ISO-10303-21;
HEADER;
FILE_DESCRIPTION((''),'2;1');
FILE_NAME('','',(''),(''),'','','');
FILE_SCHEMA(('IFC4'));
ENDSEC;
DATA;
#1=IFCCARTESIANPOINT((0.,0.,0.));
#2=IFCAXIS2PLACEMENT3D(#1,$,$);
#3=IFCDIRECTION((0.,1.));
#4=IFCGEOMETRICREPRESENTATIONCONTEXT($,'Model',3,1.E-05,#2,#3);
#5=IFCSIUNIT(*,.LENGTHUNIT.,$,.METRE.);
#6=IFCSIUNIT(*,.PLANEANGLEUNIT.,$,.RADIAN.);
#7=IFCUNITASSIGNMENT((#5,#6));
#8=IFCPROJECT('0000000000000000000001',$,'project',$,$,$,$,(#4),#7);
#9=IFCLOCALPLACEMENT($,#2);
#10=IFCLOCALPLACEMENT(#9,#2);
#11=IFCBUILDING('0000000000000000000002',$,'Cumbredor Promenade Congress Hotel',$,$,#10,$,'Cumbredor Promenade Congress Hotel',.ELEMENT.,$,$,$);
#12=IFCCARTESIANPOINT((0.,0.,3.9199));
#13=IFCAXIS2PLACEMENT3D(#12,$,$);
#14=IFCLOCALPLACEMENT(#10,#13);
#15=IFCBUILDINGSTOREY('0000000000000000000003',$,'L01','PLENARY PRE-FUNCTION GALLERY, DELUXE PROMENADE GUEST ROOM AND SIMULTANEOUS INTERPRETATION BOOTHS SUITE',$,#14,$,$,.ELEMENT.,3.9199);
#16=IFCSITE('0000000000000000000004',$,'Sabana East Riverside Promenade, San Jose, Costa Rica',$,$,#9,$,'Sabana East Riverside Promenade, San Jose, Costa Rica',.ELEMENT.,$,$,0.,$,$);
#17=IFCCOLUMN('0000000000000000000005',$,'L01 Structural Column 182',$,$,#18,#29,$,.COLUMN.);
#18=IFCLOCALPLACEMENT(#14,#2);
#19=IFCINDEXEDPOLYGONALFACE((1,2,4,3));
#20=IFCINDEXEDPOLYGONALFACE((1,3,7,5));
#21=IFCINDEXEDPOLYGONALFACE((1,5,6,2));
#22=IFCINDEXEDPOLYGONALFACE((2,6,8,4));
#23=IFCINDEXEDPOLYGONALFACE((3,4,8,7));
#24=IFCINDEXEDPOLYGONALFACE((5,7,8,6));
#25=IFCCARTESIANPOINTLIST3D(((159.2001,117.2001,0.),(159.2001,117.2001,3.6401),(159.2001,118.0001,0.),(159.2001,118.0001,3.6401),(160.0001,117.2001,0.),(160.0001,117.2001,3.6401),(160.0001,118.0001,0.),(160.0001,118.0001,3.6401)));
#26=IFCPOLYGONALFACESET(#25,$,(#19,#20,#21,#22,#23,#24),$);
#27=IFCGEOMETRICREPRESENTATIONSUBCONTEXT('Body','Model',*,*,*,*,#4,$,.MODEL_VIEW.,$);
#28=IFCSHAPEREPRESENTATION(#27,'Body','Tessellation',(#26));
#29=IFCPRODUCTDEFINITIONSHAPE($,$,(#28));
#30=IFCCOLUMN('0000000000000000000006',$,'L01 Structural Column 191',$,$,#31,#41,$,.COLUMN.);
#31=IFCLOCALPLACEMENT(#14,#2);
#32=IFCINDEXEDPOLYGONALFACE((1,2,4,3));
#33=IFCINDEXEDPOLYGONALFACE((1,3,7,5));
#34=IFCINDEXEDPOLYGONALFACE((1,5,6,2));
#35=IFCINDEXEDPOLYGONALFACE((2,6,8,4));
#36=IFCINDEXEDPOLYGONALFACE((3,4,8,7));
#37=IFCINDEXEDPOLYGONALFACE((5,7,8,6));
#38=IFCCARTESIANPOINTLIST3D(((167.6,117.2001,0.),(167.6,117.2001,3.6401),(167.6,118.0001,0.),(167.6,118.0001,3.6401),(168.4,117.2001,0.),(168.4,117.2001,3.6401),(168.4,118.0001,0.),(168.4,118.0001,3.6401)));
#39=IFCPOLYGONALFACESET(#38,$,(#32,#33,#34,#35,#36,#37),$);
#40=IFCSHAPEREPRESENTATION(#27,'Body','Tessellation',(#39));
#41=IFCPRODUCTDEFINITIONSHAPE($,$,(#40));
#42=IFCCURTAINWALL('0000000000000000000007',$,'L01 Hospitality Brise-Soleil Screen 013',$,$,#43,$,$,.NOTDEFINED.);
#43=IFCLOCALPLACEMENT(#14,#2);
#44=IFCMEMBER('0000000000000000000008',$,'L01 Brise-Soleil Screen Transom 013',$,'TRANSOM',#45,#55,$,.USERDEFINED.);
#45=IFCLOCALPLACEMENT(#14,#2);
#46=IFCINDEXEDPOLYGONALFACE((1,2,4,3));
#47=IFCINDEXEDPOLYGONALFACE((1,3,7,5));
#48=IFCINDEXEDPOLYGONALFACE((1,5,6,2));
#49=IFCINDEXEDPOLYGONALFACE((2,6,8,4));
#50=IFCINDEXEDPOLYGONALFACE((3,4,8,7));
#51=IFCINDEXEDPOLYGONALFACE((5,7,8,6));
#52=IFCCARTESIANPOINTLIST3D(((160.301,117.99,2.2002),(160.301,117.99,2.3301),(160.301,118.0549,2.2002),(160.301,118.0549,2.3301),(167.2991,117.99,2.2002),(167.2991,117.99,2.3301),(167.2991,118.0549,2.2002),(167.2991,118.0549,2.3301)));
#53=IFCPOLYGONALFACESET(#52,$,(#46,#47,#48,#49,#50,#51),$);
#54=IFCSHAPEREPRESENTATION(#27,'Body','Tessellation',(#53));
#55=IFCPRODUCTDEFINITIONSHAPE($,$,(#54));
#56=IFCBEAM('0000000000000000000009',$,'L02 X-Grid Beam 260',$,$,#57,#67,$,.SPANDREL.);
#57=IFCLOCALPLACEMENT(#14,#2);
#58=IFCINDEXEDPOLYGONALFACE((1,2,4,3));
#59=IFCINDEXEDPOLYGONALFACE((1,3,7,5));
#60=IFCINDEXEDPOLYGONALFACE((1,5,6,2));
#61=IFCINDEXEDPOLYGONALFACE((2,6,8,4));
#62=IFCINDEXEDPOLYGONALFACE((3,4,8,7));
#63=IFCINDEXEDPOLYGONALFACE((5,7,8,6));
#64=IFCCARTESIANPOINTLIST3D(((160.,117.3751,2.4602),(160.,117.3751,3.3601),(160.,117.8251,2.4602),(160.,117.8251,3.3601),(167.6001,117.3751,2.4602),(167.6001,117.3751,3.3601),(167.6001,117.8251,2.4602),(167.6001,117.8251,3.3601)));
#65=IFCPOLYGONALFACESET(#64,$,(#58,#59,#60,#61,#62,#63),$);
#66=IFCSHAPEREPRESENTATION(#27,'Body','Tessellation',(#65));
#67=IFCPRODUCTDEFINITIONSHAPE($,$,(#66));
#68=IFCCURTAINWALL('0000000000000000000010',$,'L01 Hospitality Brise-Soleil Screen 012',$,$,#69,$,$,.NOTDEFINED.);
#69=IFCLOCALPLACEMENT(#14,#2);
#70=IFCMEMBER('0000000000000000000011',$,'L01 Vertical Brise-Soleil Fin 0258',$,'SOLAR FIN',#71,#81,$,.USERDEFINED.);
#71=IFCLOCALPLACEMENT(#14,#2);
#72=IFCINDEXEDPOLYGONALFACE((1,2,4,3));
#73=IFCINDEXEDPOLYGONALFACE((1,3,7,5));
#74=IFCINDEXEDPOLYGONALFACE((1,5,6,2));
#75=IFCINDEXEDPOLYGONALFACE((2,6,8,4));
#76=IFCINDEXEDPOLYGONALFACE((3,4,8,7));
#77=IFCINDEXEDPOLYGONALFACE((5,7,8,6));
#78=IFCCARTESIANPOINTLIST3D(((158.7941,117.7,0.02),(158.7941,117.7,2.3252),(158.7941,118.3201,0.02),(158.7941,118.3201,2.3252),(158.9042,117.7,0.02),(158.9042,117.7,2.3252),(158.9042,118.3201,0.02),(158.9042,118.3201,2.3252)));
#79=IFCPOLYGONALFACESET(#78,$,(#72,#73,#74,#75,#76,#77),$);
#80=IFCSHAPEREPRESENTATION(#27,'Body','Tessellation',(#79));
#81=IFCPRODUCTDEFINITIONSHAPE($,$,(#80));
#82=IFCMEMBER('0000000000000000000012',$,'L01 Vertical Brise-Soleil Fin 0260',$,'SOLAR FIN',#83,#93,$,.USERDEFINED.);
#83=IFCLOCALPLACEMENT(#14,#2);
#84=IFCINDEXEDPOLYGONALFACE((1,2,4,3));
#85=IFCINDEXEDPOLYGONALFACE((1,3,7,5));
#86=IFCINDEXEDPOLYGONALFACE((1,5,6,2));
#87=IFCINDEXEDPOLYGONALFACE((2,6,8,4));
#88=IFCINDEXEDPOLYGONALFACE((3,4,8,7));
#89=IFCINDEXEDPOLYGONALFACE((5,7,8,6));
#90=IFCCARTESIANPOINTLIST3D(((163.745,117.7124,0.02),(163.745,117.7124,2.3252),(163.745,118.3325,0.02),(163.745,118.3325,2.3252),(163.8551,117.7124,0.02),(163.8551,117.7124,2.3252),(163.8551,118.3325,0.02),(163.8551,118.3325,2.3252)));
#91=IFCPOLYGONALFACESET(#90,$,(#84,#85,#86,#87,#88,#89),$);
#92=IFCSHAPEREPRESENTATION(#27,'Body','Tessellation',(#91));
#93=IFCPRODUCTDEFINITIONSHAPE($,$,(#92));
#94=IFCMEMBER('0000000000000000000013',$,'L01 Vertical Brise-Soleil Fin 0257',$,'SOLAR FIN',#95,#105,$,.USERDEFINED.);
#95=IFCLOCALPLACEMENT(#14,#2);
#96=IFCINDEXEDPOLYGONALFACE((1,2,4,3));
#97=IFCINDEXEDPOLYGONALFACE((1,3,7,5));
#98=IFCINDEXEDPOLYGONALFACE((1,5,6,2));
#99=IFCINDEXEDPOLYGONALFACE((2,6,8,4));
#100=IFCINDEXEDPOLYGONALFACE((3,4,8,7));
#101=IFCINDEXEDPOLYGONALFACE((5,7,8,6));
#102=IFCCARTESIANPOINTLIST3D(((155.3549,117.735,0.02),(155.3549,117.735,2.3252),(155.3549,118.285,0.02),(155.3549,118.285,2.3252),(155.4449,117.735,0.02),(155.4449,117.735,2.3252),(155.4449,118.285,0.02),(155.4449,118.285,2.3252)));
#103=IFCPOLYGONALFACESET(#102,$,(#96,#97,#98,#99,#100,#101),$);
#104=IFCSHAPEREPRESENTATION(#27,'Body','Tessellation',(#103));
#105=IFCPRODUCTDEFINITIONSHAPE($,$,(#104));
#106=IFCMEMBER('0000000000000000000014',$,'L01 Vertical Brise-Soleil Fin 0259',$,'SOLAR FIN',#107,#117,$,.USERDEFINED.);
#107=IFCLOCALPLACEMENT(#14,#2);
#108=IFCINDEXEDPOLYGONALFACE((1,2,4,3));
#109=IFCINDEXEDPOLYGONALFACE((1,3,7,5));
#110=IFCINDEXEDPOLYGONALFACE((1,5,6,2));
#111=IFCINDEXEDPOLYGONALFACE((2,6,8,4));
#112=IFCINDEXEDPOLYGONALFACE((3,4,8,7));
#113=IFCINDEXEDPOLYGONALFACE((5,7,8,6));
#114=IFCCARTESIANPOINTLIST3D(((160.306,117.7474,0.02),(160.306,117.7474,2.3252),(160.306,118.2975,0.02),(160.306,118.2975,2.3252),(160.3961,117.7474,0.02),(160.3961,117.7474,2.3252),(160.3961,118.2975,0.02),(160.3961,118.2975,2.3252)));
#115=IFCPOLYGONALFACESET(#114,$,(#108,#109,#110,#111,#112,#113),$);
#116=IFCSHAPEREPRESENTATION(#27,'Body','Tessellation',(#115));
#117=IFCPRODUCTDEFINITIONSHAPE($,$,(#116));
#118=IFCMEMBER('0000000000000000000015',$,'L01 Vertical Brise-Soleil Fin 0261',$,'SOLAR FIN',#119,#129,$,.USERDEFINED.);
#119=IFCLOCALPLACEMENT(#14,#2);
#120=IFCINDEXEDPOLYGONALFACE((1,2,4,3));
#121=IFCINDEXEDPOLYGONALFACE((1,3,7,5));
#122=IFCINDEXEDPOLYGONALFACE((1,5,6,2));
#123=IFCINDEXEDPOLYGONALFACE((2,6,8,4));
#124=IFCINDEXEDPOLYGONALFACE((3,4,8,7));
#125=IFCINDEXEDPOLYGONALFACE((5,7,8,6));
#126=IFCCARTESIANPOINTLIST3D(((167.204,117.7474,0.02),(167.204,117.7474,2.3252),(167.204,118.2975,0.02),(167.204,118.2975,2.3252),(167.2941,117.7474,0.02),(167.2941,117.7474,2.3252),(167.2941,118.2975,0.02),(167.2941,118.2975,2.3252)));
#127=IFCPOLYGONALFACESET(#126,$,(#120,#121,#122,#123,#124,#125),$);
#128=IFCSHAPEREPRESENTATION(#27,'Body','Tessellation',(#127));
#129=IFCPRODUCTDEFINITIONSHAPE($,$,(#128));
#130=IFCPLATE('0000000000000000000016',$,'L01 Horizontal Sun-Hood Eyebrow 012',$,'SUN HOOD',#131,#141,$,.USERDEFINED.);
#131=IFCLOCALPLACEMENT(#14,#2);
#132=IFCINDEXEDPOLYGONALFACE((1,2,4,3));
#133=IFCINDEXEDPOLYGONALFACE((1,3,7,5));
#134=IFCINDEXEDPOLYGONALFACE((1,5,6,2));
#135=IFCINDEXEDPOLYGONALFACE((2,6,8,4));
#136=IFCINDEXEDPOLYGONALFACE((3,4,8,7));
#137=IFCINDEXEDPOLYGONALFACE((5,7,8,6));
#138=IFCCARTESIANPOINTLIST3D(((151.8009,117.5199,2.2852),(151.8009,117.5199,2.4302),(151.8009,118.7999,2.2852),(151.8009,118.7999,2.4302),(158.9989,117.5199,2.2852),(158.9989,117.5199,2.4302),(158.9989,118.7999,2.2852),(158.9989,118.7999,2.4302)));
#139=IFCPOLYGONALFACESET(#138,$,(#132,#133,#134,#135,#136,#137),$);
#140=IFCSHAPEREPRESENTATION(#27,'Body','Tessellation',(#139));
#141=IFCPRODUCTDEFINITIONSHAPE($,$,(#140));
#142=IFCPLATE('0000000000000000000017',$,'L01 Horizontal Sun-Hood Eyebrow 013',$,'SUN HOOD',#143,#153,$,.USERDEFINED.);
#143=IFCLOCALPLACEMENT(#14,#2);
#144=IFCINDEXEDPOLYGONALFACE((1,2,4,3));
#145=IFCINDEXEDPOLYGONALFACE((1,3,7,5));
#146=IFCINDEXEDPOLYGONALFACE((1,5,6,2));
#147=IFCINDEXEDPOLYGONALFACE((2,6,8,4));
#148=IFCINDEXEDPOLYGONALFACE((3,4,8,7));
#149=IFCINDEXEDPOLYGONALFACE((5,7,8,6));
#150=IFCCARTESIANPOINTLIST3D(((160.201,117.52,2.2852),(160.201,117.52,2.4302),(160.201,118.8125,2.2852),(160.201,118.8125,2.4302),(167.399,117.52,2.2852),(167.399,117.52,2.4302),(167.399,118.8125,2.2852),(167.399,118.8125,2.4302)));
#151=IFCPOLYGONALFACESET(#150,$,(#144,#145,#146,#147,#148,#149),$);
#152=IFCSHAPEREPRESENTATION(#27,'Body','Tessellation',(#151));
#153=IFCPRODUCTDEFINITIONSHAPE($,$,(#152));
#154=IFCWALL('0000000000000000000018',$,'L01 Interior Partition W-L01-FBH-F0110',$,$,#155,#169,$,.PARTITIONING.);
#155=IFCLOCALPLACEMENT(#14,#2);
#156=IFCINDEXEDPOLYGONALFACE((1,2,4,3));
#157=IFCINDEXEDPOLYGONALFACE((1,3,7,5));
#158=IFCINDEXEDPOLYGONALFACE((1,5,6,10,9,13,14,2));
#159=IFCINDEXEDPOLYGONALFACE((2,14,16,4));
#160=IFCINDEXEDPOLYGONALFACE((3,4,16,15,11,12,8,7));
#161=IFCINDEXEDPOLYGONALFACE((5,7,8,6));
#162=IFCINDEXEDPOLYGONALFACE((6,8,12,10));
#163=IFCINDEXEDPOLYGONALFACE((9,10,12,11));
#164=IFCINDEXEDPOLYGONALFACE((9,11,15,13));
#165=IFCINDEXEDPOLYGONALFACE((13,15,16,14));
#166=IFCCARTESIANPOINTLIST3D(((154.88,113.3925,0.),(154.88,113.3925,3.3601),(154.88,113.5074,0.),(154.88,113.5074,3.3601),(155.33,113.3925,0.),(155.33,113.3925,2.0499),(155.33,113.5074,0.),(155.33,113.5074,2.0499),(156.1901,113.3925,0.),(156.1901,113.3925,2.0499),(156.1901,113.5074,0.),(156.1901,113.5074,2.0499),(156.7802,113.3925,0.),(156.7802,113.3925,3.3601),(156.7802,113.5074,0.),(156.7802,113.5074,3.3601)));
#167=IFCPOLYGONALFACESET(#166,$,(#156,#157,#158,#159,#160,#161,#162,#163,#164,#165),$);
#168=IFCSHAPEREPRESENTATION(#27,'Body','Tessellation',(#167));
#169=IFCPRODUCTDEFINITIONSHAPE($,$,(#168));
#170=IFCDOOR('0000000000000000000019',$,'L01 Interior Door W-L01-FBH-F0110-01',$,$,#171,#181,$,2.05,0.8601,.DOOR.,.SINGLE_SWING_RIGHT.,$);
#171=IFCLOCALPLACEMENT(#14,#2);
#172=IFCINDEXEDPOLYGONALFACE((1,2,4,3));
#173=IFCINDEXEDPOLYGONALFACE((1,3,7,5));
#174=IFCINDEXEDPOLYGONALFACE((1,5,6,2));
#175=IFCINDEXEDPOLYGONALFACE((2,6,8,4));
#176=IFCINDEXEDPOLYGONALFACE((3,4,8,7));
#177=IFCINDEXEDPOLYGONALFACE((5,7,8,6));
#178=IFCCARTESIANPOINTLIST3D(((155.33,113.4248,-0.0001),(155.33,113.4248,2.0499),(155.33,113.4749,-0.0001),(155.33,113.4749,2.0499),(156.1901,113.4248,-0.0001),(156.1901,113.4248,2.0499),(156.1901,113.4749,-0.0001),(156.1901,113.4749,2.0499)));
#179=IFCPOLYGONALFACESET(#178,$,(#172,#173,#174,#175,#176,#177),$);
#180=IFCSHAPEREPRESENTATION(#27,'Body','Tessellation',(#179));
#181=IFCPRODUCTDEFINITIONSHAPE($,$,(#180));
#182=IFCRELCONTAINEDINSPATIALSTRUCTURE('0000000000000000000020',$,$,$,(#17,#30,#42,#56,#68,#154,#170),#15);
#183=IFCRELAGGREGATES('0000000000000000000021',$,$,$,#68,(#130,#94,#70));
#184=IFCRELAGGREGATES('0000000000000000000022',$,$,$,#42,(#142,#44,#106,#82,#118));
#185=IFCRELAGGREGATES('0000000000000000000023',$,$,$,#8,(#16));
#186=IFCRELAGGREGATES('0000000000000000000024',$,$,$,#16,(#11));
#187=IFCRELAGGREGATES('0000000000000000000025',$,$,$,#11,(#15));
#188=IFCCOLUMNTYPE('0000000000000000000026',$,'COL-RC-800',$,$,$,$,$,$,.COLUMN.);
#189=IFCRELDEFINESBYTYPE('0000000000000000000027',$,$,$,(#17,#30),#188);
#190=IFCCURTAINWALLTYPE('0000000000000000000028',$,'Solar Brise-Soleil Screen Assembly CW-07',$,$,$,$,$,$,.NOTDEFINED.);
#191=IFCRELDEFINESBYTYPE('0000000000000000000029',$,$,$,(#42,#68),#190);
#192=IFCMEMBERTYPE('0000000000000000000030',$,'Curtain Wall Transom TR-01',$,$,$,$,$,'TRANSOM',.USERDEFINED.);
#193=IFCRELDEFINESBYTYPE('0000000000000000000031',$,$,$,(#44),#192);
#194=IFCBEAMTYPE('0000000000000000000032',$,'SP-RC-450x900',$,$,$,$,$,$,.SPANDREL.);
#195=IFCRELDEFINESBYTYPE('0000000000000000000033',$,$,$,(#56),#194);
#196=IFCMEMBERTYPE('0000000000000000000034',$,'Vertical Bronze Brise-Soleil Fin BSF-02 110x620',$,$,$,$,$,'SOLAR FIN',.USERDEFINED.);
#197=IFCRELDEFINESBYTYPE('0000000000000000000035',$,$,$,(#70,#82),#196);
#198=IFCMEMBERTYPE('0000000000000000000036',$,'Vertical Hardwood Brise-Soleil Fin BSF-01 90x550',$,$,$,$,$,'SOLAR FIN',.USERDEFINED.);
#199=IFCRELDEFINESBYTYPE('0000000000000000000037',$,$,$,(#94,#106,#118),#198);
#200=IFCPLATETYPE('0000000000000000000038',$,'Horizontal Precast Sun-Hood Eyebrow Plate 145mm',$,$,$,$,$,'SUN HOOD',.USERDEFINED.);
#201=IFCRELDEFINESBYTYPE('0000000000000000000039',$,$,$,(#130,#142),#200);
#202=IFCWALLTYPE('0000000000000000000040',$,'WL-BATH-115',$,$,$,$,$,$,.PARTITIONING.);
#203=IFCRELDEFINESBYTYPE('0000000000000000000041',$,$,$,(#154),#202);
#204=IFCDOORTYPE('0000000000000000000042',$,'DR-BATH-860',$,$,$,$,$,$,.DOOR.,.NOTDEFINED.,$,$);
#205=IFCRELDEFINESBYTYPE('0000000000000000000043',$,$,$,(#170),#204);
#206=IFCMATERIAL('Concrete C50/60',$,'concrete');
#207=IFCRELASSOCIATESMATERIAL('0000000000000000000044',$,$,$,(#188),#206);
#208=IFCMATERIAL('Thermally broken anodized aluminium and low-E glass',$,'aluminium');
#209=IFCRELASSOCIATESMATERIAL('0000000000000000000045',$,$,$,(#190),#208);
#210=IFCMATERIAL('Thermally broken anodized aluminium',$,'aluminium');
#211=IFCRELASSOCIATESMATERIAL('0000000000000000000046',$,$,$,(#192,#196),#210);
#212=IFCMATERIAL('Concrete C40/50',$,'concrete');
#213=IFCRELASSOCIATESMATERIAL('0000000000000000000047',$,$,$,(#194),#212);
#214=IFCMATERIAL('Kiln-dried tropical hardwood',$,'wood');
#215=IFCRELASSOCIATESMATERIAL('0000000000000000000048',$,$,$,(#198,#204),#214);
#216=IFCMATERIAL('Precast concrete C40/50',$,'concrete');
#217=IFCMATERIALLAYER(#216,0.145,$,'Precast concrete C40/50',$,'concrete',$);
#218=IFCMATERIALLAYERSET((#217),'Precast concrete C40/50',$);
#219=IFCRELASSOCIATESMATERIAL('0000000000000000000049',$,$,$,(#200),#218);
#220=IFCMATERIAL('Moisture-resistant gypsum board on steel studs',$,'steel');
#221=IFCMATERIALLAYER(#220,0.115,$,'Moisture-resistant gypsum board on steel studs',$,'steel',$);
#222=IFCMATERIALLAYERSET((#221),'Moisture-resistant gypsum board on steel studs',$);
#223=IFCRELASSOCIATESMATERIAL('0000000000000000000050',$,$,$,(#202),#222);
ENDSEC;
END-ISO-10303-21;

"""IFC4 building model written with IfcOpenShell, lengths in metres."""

from ifc_helpers import new_model, si_unit, direction, frame, frame_2d, origin, origin_2d, place, context, subcontext, project, spatial, rectangle, extrude, material, layer, layer_set, material_profile, profile_set, type_object, element, fill, aggregate, save


model = new_model("IFC4")

# Units and contexts
model_context = context("Model", 3, precision=1e-05, world=origin(), true_north=direction((0.0, 1.0)))
body_context = subcontext(model_context, "Body", "Model", "MODEL_VIEW")
ifc_project = project(units=[si_unit("LENGTHUNIT", "METRE"), si_unit("PLANEANGLEUNIT", "RADIAN")], contexts=[model_context])

# Site, building, storey
site_placement = place(None, origin())
site = spatial("IfcSite", under=ifc_project, at=site_placement, Name="Sabana East Riverside Promenade, San Jose, Costa Rica", LongName="Sabana East Riverside Promenade, San Jose, Costa Rica", CompositionType="ELEMENT", RefElevation=0.0)
building_placement = place(site_placement, origin())
building = spatial("IfcBuilding", under=site, at=building_placement, Name="Cumbredor Promenade Congress Hotel", LongName="Cumbredor Promenade Congress Hotel", CompositionType="ELEMENT")
storey_placement = place(building_placement, frame((0.0, 0.0, 3.9199)))
storey = spatial("IfcBuildingStorey", under=building, at=storey_placement, Name="L01", Description="PLENARY PRE-FUNCTION GALLERY, DELUXE PROMENADE GUEST ROOM AND SIMULTANEOUS INTERPRETATION BOOTHS SUITE", CompositionType="ELEMENT", Elevation=3.9199)

# Columns
ifc_material_1 = material(Name="Concrete C50/60", Category="concrete")
ifc_material_profile_1 = material_profile(ifc_material_1, rectangle(XDim=0.8, YDim=0.8, at=origin_2d()), Name="RC 800x800")
ifc_profile_set_1 = profile_set([ifc_material_profile_1], Name="Concrete C50/60")
column_type = type_object("IfcColumnType", Name="COL-RC-800", PredefinedType="COLUMN", material=ifc_profile_set_1)
for number, where, z_axis, x_axis, name in (
    (1, (159.6001, 117.6001, 0.0), (0.0, 0.0, 1.0), (1.0, 0.0, 0.0), "L01 Structural Column 182"),
    (2, (168.0, 117.6001, 0.0), (0.0, 0.0, 1.0), (1.0, 0.0, 0.0), "L01 Structural Column 191"),
):
    element("IfcColumn", number, at=place(storey_placement, frame(where, z_axis=z_axis, x_axis=x_axis)), inside=storey, type_object=column_type, Name=name, PredefinedType="COLUMN", context=body_context, shape_type="SweptSolid", body=[
        extrude(rectangle(XDim=0.8, YDim=0.8, at=origin_2d()), origin(), (0.0, 0.0, 1.0), 3.6401),
    ])

# Curtain wall, member
ifc_material_2 = material(Name="Thermally broken anodized aluminium and low-E glass", Category="aluminium")
curtain_wall_type = type_object("IfcCurtainWallType", Name="Solar Brise-Soleil Screen Assembly CW-07", PredefinedType="NOTDEFINED", material=ifc_material_2)
curtain_wall_1_placement = place(storey_placement, origin())
curtain_wall_1 = element("IfcCurtainWall", 3, at=curtain_wall_1_placement, inside=storey, type_object=curtain_wall_type, Name="L01 Hospitality Brise-Soleil Screen 013", PredefinedType="NOTDEFINED")
ifc_material_3 = material(Name="Thermally broken anodized aluminium", Category="aluminium")
ifc_material_profile_2 = material_profile(ifc_material_3, rectangle(XDim=0.0649, YDim=0.1299, at=origin_2d()), Name="ALU TRANSOM 65x130")
ifc_profile_set_2 = profile_set([ifc_material_profile_2], Name="Thermally broken anodized aluminium")
member_type_1 = type_object("IfcMemberType", Name="Curtain Wall Transom TR-01", ElementType="TRANSOM", PredefinedType="USERDEFINED", material=ifc_profile_set_2)
member_1_placement = place(storey_placement, frame((160.301, 118.0225, 2.2651), z_axis=(1.0, 0.0, 0.0), x_axis=(0.0, 1.0, 0.0)))
member_1 = element("IfcMember", 4, at=member_1_placement, type_object=member_type_1, Name="L01 Brise-Soleil Screen Transom 013", ObjectType="TRANSOM", PredefinedType="USERDEFINED", context=body_context, shape_type="SweptSolid", body=[
    extrude(rectangle(XDim=0.0649, YDim=0.1299, at=origin_2d()), origin(), (0.0, 0.0, 1.0), 6.998),
])

# Beam
ifc_material_4 = material(Name="Concrete C40/50", Category="concrete")
ifc_material_profile_3 = material_profile(ifc_material_4, rectangle(XDim=0.45, YDim=0.8999, at=origin_2d()), Name="RC SPANDREL 450x900")
ifc_profile_set_3 = profile_set([ifc_material_profile_3], Name="Concrete C40/50")
beam_type = type_object("IfcBeamType", Name="SP-RC-450x900", PredefinedType="SPANDREL", material=ifc_profile_set_3)
beam_placement = place(storey_placement, frame((160.0, 117.6001, 2.9102), z_axis=(1.0, 0.0, 0.0), x_axis=(0.0, 1.0, 0.0)))
element("IfcBeam", 5, at=beam_placement, inside=storey, type_object=beam_type, Name="L02 X-Grid Beam 260", PredefinedType="SPANDREL", context=body_context, shape_type="SweptSolid", body=[
    extrude(rectangle(XDim=0.45, YDim=0.8999, at=origin_2d()), origin(), (0.0, 0.0, 1.0), 7.6001),
])

# Curtain wall, member
curtain_wall_2_placement = place(storey_placement, origin())
curtain_wall_2 = element("IfcCurtainWall", 6, at=curtain_wall_2_placement, inside=storey, type_object=curtain_wall_type, Name="L01 Hospitality Brise-Soleil Screen 012", PredefinedType="NOTDEFINED")
ifc_material_profile_4 = material_profile(ifc_material_3, rectangle(XDim=0.1101, YDim=0.6201, at=origin_2d()), Name="ARCH FIN 110x620")
ifc_profile_set_4 = profile_set([ifc_material_profile_4], Name="Thermally broken anodized aluminium")
member_type_2 = type_object("IfcMemberType", Name="Vertical Bronze Brise-Soleil Fin BSF-02 110x620", ElementType="SOLAR FIN", PredefinedType="USERDEFINED", material=ifc_profile_set_4)
member_2_placement = place(storey_placement, frame((158.8491, 118.01, 0.02), z_axis=(0.0, 0.0, 1.0), x_axis=(1.0, 0.0, 0.0)))
member_2 = element("IfcMember", 7, at=member_2_placement, type_object=member_type_2, Name="L01 Vertical Brise-Soleil Fin 0258", ObjectType="SOLAR FIN", PredefinedType="USERDEFINED", context=body_context, shape_type="SweptSolid", body=[
    extrude(rectangle(XDim=0.1101, YDim=0.6201, at=origin_2d()), origin(), (0.0, 0.0, 1.0), 2.3052),
])

# Members
member_3_placement = place(storey_placement, frame((163.8, 118.0225, 0.02), z_axis=(0.0, 0.0, 1.0), x_axis=(1.0, 0.0, 0.0)))
member_3 = element("IfcMember", 8, at=member_3_placement, type_object=member_type_2, Name="L01 Vertical Brise-Soleil Fin 0260", ObjectType="SOLAR FIN", PredefinedType="USERDEFINED", context=body_context, shape_type="SweptSolid", body=[
    extrude(rectangle(XDim=0.1101, YDim=0.6201, at=origin_2d()), origin(), (0.0, 0.0, 1.0), 2.3052),
])
ifc_material_5 = material(Name="Kiln-dried tropical hardwood", Category="wood")
ifc_material_profile_5 = material_profile(ifc_material_5, rectangle(XDim=0.0901, YDim=0.55, at=origin_2d()), Name="ARCH FIN 90x550")
ifc_profile_set_5 = profile_set([ifc_material_profile_5], Name="Kiln-dried tropical hardwood")
member_type_3 = type_object("IfcMemberType", Name="Vertical Hardwood Brise-Soleil Fin BSF-01 90x550", ElementType="SOLAR FIN", PredefinedType="USERDEFINED", material=ifc_profile_set_5)
member_4_placement = place(storey_placement, frame((155.3999, 118.01, 0.02), z_axis=(0.0, 0.0, 1.0), x_axis=(1.0, 0.0, 0.0)))
member_4 = element("IfcMember", 9, at=member_4_placement, type_object=member_type_3, Name="L01 Vertical Brise-Soleil Fin 0257", ObjectType="SOLAR FIN", PredefinedType="USERDEFINED", context=body_context, shape_type="SweptSolid", body=[
    extrude(rectangle(XDim=0.0901, YDim=0.55, at=origin_2d()), origin(), (0.0, 0.0, 1.0), 2.3052),
])
member_5_placement = place(storey_placement, frame((160.3511, 118.0225, 0.02), z_axis=(0.0, 0.0, 1.0), x_axis=(1.0, 0.0, 0.0)))
member_5 = element("IfcMember", 10, at=member_5_placement, type_object=member_type_3, Name="L01 Vertical Brise-Soleil Fin 0259", ObjectType="SOLAR FIN", PredefinedType="USERDEFINED", context=body_context, shape_type="SweptSolid", body=[
    extrude(rectangle(XDim=0.0901, YDim=0.55, at=origin_2d()), origin(), (0.0, 0.0, 1.0), 2.3052),
])
member_6_placement = place(storey_placement, frame((167.249, 118.0225, 0.02), z_axis=(0.0, 0.0, 1.0), x_axis=(1.0, 0.0, 0.0)))
member_6 = element("IfcMember", 11, at=member_6_placement, type_object=member_type_3, Name="L01 Vertical Brise-Soleil Fin 0261", ObjectType="SOLAR FIN", PredefinedType="USERDEFINED", context=body_context, shape_type="SweptSolid", body=[
    extrude(rectangle(XDim=0.0901, YDim=0.55, at=origin_2d()), origin(), (0.0, 0.0, 1.0), 2.3052),
])

# Plates
ifc_material_6 = material(Name="Precast concrete C40/50", Category="concrete")
ifc_layer_1 = layer(ifc_material_6, 0.145, Name="Precast concrete C40/50", Category="concrete")
ifc_layer_set_1 = layer_set([ifc_layer_1], Name="Precast concrete C40/50")
plate_type = type_object("IfcPlateType", Name="Horizontal Precast Sun-Hood Eyebrow Plate 145mm", ElementType="SUN HOOD", PredefinedType="USERDEFINED", material=ifc_layer_set_1)
plate_1_placement = place(storey_placement, frame((155.3999, 118.1599, 2.2852), z_axis=(0.0, 0.0, 1.0), x_axis=(1.0, 0.0, 0.0)))
plate_1 = element("IfcPlate", 12, at=plate_1_placement, type_object=plate_type, Name="L01 Horizontal Sun-Hood Eyebrow 012", ObjectType="SUN HOOD", PredefinedType="USERDEFINED", context=body_context, shape_type="SweptSolid", body=[
    extrude(rectangle(XDim=7.198, YDim=1.28, at=origin_2d()), origin(), (0.0, 0.0, 1.0), 0.145),
])
aggregate(curtain_wall_2, [plate_1, member_4, member_2])
plate_2_placement = place(storey_placement, frame((163.8, 118.1663, 2.2852), z_axis=(0.0, 0.0, 1.0), x_axis=(1.0, 0.0, 0.0)))
plate_2 = element("IfcPlate", 13, at=plate_2_placement, type_object=plate_type, Name="L01 Horizontal Sun-Hood Eyebrow 013", ObjectType="SUN HOOD", PredefinedType="USERDEFINED", context=body_context, shape_type="SweptSolid", body=[
    extrude(rectangle(XDim=7.198, YDim=1.2925, at=origin_2d()), origin(), (0.0, 0.0, 1.0), 0.145),
])
aggregate(curtain_wall_1, [plate_2, member_1, member_5, member_3, member_6])

# Wall, opening, door
ifc_material_7 = material(Name="Moisture-resistant gypsum board on steel studs", Category="steel")
ifc_layer_2 = layer(ifc_material_7, 0.115, Name="Moisture-resistant gypsum board on steel studs", Category="steel")
ifc_layer_set_2 = layer_set([ifc_layer_2], Name="Moisture-resistant gypsum board on steel studs")
wall_type_1 = type_object("IfcWallType", Name="WL-BATH-115", PredefinedType="PARTITIONING", material=ifc_layer_set_2)
wall_1_placement = place(storey_placement, frame((154.8799, 113.45, 0.0), z_axis=(0.0, 0.0, 1.0), x_axis=(1.0, 0.0, 0.0)))
wall_1 = element("IfcWall", 14, at=wall_1_placement, inside=storey, type_object=wall_type_1, Name="L01 Interior Partition W-L01-FBH-F0110", PredefinedType="PARTITIONING", context=body_context, shape_type="SweptSolid", body=[
    extrude(rectangle(XDim=1.9001, YDim=0.115, at=frame_2d((0.9502, 0.0))), origin(), (0.0, 0.0, 1.0), 3.3601),
])
opening_1_placement = place(wall_1_placement, frame((0.45, 0.0, 0.0)))
opening_1 = element("IfcOpeningElement", 15, at=opening_1_placement, cuts=wall_1, PredefinedType="OPENING", context=body_context, shape_type="SweptSolid", body=[
    extrude(rectangle(XDim=0.8601, YDim=2.05, at=frame_2d((0.4302, 1.0249))), frame((0.0, 0.0674, 0.0), z_axis=(0.0, -1.0, 0.0), x_axis=(1.0, 0.0, 0.0)), (0.0, 0.0, 1.0), 0.135),
])
door_type_1 = type_object("IfcDoorType", Name="DR-BATH-860", OperationType="NOTDEFINED", PredefinedType="DOOR", material=ifc_material_5)
door_1_placement = place(opening_1_placement, origin())
door_1 = element("IfcDoor", 16, at=door_1_placement, inside=storey, type_object=door_type_1, Name="L01 Interior Door W-L01-FBH-F0110-01", OperationType="SINGLE_SWING_RIGHT", OverallHeight=2.05, OverallWidth=0.8601, PredefinedType="DOOR", context=body_context, shape_type="SweptSolid", body=[
    extrude(rectangle(XDim=0.8601, YDim=2.05, at=frame_2d((0.4302, 1.0249))), frame((0.0, 0.0249, 0.0), z_axis=(0.0, -1.0, 0.0), x_axis=(1.0, 0.0, 0.0)), (0.0, 0.0, 1.0), 0.05),
])
fill(opening_1, door_1)

save(model, "model.ifc")
